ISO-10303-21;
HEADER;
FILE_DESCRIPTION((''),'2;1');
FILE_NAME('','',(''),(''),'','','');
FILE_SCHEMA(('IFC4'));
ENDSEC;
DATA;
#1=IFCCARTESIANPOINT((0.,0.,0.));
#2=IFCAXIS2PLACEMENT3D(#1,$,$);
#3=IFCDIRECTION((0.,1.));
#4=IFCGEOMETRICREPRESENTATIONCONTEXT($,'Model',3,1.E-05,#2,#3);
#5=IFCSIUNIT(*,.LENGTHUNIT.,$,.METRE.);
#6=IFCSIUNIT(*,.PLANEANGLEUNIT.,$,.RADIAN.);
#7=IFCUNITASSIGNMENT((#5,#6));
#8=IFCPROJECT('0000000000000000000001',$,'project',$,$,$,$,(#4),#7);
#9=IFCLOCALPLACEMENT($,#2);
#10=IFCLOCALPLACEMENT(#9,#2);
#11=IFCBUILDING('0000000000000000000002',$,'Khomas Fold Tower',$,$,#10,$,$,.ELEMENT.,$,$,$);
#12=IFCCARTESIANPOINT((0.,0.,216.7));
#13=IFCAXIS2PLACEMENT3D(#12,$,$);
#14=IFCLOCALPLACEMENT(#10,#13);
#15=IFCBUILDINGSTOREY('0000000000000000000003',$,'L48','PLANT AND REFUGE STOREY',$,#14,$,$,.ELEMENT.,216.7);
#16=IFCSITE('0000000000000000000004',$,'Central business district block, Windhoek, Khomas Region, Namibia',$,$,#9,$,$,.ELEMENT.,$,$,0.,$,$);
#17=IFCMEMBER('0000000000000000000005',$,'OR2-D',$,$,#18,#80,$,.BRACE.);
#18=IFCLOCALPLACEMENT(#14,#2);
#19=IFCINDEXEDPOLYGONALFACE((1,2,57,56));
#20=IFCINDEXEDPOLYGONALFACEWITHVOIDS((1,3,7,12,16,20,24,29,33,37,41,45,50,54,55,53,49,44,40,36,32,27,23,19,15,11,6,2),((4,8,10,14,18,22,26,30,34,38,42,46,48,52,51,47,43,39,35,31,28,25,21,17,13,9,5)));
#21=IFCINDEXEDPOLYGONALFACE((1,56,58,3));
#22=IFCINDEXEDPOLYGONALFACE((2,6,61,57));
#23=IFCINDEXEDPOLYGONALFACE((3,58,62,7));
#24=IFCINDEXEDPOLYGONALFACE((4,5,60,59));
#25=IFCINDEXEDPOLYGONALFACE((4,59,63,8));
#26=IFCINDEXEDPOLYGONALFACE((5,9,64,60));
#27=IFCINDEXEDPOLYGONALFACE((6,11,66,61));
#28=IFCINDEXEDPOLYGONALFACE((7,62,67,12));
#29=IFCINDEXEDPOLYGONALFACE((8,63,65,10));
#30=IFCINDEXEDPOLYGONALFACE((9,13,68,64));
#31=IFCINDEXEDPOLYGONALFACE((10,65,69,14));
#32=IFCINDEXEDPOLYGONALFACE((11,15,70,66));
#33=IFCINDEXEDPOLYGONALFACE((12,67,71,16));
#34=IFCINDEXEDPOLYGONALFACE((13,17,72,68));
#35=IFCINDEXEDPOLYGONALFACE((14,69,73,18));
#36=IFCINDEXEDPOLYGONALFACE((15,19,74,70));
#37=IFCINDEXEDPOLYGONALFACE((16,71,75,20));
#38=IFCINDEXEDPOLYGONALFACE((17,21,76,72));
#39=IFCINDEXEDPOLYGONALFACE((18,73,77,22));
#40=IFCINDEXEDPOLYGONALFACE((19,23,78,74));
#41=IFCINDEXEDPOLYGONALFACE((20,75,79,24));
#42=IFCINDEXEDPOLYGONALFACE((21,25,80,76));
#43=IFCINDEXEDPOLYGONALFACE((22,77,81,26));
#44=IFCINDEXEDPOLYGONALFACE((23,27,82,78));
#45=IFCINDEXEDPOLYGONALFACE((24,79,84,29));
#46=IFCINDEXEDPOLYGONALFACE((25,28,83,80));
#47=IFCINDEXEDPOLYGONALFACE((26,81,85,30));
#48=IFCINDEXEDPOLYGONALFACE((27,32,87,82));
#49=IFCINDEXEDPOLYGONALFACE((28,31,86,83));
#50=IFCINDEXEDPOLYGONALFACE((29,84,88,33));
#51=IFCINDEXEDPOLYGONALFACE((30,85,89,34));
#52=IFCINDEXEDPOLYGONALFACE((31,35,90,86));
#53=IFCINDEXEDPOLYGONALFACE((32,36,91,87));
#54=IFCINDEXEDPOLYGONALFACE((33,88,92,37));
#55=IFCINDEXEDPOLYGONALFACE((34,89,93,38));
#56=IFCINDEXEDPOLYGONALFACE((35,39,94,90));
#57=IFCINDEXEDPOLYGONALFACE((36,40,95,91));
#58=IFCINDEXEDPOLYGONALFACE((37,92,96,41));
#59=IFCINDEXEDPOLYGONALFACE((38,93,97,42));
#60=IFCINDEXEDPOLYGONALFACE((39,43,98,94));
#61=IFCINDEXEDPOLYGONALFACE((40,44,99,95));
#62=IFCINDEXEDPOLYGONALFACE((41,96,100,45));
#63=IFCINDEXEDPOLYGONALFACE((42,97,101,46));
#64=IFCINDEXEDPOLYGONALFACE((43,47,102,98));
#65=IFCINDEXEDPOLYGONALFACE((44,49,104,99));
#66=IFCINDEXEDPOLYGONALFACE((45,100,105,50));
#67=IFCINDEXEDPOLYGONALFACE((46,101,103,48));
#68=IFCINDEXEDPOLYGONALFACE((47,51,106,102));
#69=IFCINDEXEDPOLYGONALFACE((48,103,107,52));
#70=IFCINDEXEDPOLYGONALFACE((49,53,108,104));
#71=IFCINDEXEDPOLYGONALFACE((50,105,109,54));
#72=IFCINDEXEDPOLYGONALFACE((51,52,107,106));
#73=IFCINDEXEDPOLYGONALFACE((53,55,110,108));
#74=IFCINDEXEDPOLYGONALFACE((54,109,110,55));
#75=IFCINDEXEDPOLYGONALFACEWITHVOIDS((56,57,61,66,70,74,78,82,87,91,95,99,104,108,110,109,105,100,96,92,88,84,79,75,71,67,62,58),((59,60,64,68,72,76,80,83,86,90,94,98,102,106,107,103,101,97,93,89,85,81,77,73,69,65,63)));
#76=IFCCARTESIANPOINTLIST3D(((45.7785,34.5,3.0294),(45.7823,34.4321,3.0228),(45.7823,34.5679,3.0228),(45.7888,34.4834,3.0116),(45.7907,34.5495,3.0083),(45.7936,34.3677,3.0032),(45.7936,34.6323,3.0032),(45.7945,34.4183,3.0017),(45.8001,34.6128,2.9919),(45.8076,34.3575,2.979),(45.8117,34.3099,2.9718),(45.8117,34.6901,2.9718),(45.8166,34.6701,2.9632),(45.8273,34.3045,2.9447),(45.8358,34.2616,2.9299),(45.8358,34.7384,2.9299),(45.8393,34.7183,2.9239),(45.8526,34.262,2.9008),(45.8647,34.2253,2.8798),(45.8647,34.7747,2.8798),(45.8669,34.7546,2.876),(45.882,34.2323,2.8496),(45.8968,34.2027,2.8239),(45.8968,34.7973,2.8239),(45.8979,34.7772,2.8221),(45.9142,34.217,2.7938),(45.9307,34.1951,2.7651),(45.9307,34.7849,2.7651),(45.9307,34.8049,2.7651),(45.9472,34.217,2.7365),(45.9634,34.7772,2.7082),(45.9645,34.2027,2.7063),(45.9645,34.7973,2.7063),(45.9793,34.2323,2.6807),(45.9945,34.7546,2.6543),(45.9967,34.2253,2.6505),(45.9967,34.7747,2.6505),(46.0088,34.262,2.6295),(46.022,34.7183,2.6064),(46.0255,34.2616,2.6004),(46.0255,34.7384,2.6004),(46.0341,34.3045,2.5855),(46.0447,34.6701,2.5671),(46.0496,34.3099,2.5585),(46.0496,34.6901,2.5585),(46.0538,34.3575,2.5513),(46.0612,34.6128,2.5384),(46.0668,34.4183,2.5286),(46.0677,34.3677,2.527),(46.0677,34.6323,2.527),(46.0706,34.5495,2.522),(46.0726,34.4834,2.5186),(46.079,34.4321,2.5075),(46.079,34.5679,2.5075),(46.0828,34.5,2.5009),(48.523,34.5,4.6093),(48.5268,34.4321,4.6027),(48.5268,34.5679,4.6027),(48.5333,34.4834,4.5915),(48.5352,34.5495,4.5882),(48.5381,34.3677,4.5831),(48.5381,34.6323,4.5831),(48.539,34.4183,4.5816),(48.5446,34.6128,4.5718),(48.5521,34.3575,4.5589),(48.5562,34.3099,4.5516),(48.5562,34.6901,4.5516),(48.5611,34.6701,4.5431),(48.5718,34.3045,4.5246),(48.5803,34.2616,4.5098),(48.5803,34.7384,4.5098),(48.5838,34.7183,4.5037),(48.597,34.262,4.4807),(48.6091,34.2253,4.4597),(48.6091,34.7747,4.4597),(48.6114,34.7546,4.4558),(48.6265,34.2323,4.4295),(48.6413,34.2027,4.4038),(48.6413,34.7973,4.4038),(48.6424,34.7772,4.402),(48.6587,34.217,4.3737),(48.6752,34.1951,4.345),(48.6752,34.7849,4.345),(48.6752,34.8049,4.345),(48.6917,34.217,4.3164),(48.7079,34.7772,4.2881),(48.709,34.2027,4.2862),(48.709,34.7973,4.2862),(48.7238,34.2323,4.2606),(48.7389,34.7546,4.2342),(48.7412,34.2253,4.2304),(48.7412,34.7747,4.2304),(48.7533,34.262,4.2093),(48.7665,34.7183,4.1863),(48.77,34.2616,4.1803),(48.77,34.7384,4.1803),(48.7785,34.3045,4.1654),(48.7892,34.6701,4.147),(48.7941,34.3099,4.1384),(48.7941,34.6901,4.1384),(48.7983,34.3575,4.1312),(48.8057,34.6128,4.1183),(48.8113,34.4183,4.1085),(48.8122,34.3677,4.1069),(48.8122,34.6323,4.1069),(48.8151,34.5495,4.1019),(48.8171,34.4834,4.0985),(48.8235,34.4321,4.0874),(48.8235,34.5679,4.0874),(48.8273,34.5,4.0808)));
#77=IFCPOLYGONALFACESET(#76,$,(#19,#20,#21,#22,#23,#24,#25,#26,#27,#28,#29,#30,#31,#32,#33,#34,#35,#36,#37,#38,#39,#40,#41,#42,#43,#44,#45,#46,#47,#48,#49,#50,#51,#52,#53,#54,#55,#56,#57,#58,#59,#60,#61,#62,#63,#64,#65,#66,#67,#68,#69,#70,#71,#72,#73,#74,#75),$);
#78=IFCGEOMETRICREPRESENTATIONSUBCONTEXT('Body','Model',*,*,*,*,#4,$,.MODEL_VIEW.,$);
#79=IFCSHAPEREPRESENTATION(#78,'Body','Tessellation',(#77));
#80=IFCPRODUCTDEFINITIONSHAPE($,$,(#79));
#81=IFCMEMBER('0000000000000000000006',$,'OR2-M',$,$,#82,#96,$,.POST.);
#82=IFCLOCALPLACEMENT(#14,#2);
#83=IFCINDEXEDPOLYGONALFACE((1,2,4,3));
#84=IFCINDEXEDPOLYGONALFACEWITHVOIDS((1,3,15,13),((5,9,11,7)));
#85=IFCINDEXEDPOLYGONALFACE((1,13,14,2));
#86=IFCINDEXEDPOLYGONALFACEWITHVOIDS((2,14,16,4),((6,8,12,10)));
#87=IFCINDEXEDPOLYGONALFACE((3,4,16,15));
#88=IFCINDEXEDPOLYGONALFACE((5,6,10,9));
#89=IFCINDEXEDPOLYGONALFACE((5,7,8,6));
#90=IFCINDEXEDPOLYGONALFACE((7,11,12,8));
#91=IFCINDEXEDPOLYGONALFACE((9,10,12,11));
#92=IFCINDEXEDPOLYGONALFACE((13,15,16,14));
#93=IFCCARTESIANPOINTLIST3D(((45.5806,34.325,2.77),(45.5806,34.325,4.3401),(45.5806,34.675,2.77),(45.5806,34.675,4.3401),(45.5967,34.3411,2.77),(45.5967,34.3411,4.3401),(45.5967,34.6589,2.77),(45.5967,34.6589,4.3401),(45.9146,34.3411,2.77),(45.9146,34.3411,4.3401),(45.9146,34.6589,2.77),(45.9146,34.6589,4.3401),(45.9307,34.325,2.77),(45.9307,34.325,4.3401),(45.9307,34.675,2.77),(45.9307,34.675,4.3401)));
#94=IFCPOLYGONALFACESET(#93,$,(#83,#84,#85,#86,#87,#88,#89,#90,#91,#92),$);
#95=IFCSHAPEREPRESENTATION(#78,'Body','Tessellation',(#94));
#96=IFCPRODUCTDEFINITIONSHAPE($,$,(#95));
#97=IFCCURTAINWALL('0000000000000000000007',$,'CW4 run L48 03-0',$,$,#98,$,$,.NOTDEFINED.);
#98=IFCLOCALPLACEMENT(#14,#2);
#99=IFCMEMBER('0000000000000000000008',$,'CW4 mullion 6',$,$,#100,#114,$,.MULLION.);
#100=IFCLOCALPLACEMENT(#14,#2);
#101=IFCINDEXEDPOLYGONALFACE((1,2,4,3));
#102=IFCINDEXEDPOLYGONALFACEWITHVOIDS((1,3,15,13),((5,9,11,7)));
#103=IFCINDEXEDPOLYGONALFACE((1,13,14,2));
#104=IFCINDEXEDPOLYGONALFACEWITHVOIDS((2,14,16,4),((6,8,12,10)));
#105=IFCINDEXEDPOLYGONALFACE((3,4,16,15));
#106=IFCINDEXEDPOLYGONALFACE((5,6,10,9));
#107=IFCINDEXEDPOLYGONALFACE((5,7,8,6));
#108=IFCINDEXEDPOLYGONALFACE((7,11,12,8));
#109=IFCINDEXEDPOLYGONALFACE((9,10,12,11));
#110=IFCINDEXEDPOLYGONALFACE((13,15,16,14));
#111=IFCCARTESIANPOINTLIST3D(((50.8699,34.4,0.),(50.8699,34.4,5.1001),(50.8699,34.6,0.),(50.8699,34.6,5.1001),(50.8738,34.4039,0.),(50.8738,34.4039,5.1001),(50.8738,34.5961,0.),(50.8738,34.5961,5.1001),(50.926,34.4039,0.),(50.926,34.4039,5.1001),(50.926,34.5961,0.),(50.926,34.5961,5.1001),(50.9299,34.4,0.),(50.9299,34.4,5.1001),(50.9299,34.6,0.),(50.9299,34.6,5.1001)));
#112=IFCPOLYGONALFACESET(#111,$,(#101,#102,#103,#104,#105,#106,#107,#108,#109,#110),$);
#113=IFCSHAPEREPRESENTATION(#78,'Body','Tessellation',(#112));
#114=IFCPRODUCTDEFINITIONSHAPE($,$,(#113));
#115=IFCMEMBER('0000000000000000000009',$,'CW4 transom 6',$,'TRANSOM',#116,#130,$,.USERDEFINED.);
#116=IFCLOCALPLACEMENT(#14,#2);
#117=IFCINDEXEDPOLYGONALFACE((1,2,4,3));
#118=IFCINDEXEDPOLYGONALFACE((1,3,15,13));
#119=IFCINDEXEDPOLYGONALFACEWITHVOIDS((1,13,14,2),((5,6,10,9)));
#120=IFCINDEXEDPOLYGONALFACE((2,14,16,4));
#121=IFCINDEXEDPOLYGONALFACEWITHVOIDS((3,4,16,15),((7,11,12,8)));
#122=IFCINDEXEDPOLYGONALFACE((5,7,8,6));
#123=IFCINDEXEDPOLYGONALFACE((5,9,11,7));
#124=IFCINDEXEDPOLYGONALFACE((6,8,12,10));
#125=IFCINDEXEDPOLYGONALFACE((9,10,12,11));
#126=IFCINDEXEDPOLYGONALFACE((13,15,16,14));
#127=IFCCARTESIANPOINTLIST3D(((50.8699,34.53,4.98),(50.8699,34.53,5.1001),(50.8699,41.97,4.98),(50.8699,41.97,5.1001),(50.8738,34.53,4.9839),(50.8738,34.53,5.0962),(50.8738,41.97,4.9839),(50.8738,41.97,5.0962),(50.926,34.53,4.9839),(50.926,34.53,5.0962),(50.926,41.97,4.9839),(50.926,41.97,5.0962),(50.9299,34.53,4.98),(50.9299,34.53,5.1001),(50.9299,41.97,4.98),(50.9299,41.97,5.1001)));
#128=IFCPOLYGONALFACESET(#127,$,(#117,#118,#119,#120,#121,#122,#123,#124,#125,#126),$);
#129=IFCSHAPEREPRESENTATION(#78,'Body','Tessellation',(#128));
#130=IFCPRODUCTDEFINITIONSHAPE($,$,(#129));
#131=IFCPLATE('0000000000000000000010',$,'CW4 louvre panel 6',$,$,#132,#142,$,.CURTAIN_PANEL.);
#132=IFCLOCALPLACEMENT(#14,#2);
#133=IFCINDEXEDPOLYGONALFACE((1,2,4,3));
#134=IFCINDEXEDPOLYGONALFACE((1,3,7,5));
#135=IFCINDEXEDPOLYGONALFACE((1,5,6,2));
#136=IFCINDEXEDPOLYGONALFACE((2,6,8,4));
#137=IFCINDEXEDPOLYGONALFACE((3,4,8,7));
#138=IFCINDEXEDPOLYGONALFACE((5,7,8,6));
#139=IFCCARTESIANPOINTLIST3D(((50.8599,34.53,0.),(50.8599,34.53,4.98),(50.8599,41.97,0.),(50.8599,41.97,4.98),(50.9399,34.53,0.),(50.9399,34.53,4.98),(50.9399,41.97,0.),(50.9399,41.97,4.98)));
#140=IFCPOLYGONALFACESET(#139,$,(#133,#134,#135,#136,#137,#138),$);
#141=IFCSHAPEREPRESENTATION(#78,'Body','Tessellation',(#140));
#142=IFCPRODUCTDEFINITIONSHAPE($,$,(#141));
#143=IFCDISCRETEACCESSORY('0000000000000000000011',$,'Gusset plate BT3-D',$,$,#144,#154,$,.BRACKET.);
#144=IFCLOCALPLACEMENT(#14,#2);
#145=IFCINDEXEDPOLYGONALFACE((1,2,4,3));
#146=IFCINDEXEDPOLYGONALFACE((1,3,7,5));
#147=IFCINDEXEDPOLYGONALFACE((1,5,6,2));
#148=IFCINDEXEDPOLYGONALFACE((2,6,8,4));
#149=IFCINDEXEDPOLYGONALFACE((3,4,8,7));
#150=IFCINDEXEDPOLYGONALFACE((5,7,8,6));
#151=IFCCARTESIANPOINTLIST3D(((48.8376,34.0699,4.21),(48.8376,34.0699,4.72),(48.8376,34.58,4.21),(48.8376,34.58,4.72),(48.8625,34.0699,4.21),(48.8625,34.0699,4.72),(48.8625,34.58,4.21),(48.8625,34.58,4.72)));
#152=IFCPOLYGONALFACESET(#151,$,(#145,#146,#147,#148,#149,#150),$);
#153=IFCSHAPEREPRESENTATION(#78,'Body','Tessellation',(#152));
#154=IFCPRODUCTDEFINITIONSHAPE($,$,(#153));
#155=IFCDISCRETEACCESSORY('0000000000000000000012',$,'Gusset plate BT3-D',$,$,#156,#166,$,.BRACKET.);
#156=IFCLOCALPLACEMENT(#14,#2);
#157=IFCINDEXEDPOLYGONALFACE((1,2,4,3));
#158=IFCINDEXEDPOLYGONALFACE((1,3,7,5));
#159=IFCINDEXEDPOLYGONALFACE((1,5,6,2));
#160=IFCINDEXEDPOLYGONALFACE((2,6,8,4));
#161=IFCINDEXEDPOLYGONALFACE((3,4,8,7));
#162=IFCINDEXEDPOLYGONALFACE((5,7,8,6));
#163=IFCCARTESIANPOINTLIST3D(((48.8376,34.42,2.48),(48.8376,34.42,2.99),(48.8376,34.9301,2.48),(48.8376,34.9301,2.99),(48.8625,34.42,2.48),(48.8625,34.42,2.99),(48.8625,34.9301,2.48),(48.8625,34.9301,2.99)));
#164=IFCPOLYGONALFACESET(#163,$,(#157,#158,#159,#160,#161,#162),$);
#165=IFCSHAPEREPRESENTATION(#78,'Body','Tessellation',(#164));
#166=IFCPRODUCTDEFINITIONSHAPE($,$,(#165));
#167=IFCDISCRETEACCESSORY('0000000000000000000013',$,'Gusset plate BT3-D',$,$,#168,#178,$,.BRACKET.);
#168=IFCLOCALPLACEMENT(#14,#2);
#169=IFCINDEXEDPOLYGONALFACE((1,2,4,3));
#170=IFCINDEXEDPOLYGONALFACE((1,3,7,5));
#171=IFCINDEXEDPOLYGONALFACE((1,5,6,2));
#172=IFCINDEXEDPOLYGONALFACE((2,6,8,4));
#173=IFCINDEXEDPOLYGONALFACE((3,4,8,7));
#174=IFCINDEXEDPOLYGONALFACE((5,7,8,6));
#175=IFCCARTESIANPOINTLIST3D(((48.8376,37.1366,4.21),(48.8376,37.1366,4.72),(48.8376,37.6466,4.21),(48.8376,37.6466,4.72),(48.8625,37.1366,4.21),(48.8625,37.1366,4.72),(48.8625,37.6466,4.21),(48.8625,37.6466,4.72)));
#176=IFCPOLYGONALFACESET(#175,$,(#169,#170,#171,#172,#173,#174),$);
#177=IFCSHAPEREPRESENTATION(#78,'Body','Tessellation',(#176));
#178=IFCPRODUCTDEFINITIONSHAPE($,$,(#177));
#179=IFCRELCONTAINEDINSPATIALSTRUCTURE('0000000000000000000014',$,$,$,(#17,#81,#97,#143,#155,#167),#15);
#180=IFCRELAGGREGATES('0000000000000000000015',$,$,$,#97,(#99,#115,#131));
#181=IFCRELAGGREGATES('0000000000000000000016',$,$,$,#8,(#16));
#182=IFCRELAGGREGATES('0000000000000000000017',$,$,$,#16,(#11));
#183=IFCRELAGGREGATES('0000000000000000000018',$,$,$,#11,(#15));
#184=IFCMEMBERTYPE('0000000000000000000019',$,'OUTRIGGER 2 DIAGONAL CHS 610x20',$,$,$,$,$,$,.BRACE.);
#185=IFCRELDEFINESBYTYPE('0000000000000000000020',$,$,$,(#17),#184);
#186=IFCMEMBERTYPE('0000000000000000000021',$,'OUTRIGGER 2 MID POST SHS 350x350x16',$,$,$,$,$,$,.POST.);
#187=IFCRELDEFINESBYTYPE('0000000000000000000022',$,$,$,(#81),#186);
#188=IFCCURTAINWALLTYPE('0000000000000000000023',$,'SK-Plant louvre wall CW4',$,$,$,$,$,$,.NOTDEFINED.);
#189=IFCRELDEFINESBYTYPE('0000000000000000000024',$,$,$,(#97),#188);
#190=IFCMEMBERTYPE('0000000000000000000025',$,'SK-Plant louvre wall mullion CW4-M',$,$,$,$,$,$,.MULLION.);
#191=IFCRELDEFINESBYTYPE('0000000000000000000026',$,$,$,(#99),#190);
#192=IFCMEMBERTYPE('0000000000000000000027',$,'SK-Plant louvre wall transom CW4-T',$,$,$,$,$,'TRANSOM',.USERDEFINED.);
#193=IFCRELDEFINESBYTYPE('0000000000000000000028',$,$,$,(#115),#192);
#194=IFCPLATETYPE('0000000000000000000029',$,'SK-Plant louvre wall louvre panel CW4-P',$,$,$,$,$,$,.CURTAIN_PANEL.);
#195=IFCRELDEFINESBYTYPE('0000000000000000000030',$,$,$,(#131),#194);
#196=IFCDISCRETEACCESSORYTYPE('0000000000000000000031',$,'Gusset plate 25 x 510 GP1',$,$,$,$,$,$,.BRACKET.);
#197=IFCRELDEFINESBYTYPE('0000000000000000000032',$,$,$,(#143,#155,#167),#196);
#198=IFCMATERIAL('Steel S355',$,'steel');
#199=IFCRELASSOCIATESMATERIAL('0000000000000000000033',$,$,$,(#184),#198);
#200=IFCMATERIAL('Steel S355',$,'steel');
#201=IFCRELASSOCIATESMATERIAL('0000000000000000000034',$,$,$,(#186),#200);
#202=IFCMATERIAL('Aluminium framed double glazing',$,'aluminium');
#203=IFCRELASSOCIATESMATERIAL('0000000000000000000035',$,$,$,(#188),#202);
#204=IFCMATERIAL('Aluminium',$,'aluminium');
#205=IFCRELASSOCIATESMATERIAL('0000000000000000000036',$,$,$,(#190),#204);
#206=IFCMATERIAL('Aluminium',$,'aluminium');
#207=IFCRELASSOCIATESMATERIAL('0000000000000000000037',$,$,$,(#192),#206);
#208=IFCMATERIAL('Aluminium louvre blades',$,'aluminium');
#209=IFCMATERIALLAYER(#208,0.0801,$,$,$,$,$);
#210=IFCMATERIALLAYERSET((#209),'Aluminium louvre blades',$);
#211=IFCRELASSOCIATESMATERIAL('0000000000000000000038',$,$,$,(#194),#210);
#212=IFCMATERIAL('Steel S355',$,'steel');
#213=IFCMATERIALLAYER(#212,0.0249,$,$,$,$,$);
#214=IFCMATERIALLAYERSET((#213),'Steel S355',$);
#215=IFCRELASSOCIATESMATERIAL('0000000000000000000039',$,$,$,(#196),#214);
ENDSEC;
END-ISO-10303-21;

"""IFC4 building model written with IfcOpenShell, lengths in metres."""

from ifc_helpers import new_model, si_unit, direction, frame, origin, origin_2d, place, context, subcontext, project, spatial, rectangle, hollow_rectangle, hollow_circle, extrude, source, transform, mapped, material, layer, layer_set, material_profile, profile_set, type_object, element, aggregate, save


model = new_model("IFC4")

# Units and contexts
model_context = context("Model", 3, precision=1e-05, world=origin(), true_north=direction((0.0, 1.0)))
body_context = subcontext(model_context, "Body", "Model", "MODEL_VIEW")
ifc_project = project(units=[si_unit("LENGTHUNIT", "METRE"), si_unit("PLANEANGLEUNIT", "RADIAN")], contexts=[model_context])

# Site, building, storey
site_placement = place(None, origin())
site = spatial("IfcSite", under=ifc_project, at=site_placement, Name="Central business district block, Windhoek, Khomas Region, Namibia", CompositionType="ELEMENT", RefElevation=0.0)
building_placement = place(site_placement, origin())
building = spatial("IfcBuilding", under=site, at=building_placement, Name="Khomas Fold Tower", CompositionType="ELEMENT")
storey_placement = place(building_placement, frame((0.0, 0.0, 216.7)))
storey = spatial("IfcBuildingStorey", under=building, at=storey_placement, Name="L48", Description="PLANT AND REFUGE STOREY", CompositionType="ELEMENT", Elevation=216.7)

# Members
ifc_material_1 = material(Name="Steel S355", Category="steel")
ifc_material_profile_1 = material_profile(ifc_material_1, hollow_circle(Radius=0.3049, WallThickness=0.02, at=origin_2d()), Name="CHS 610x20")
ifc_profile_set_1 = profile_set([ifc_material_profile_1], Name="Steel S355")
member_type_1 = type_object("IfcMemberType", Name="OUTRIGGER 2 DIAGONAL CHS 610x20", PredefinedType="BRACE", material=ifc_profile_set_1)
shared_shape_1 = source(origin(), body_context, "Body", "SweptSolid", [
    extrude(hollow_circle(Radius=0.3049, WallThickness=0.02, at=origin_2d()), origin(), (0.0, 0.0, 1.0), 3.1667),
])
member_1_placement = place(storey_placement, frame((45.9307, 34.5, 2.7651), z_axis=(0.866659, 0.0, 0.498901), x_axis=(0.0, 1.0, 0.0)))
element("IfcMember", 1, at=member_1_placement, inside=storey, type_object=member_type_1, Name="OR2-D", PredefinedType="BRACE", context=body_context, shape_type="MappedRepresentation", body=[
    mapped(shared_shape_1, transform((0.0, 0.0, 0.0))),
])
ifc_material_2 = material(Name="Steel S355", Category="steel")
ifc_material_profile_2 = material_profile(ifc_material_2, hollow_rectangle(XDim=0.3501, YDim=0.3501, WallThickness=0.0161, at=origin_2d()), Name="SHS 350x350x16")
ifc_profile_set_2 = profile_set([ifc_material_profile_2], Name="Steel S355")
member_type_2 = type_object("IfcMemberType", Name="OUTRIGGER 2 MID POST SHS 350x350x16", PredefinedType="POST", material=ifc_profile_set_2)
shared_shape_2 = source(origin(), body_context, "Body", "SweptSolid", [
    extrude(hollow_rectangle(XDim=0.3501, YDim=0.3501, WallThickness=0.0161, at=origin_2d()), origin(), (0.0, 0.0, 1.0), 1.5701),
])
member_2_placement = place(storey_placement, frame((45.7556, 34.5, 2.77), z_axis=(0.0, 0.0, 1.0), x_axis=(1.0, 0.0, 0.0)))
element("IfcMember", 2, at=member_2_placement, inside=storey, type_object=member_type_2, Name="OR2-M", PredefinedType="POST", context=body_context, shape_type="MappedRepresentation", body=[
    mapped(shared_shape_2, transform((0.0, 0.0, 0.0))),
])

# Curtain wall, members, plate
ifc_material_3 = material(Name="Aluminium framed double glazing", Category="aluminium")
curtain_wall_type = type_object("IfcCurtainWallType", Name="SK-Plant louvre wall CW4", PredefinedType="NOTDEFINED", material=ifc_material_3)
curtain_wall_placement = place(storey_placement, origin())
curtain_wall = element("IfcCurtainWall", 3, at=curtain_wall_placement, inside=storey, type_object=curtain_wall_type, Name="CW4 run L48 03-0", PredefinedType="NOTDEFINED")
ifc_material_4 = material(Name="Aluminium", Category="aluminium")
ifc_material_profile_3 = material_profile(ifc_material_4, hollow_rectangle(XDim=0.0601, YDim=0.2, WallThickness=0.0039, at=origin_2d()), Name="SK-Plant louvre wall mullion CW4-M")
ifc_profile_set_3 = profile_set([ifc_material_profile_3], Name="Aluminium")
member_type_3 = type_object("IfcMemberType", Name="SK-Plant louvre wall mullion CW4-M", PredefinedType="MULLION", material=ifc_profile_set_3)
shared_shape_3 = source(origin(), body_context, "Body", "SweptSolid", [
    extrude(hollow_rectangle(XDim=0.0601, YDim=0.2, WallThickness=0.0039, at=origin_2d()), origin(), (0.0, 0.0, 1.0), 5.1001),
])
member_3_placement = place(storey_placement, frame((50.8999, 34.5, 0.0), z_axis=(0.0, 0.0, 1.0), x_axis=(-1.0, 0.0, 0.0)))
member_3 = element("IfcMember", 4, at=member_3_placement, type_object=member_type_3, Name="CW4 mullion 6", PredefinedType="MULLION", context=body_context, shape_type="MappedRepresentation", body=[
    mapped(shared_shape_3, transform((0.0, 0.0, 0.0))),
])
ifc_material_5 = material(Name="Aluminium", Category="aluminium")
ifc_material_profile_4 = material_profile(ifc_material_5, hollow_rectangle(XDim=0.0601, YDim=0.1201, WallThickness=0.0039, at=origin_2d()), Name="SK-Plant louvre wall transom CW4-T")
ifc_profile_set_4 = profile_set([ifc_material_profile_4], Name="Aluminium")
member_type_4 = type_object("IfcMemberType", Name="SK-Plant louvre wall transom CW4-T", ElementType="TRANSOM", PredefinedType="USERDEFINED", material=ifc_profile_set_4)
shared_shape_4 = source(origin(), body_context, "Body", "SweptSolid", [
    extrude(hollow_rectangle(XDim=0.0601, YDim=0.1201, WallThickness=0.0039, at=origin_2d()), origin(), (0.0, 0.0, 1.0), 7.4399),
])
member_4_placement = place(storey_placement, frame((50.8999, 34.53, 5.04), z_axis=(0.0, 1.0, 0.0), x_axis=(-1.0, 0.0, 0.0)))
member_4 = element("IfcMember", 5, at=member_4_placement, type_object=member_type_4, Name="CW4 transom 6", ObjectType="TRANSOM", PredefinedType="USERDEFINED", context=body_context, shape_type="MappedRepresentation", body=[
    mapped(shared_shape_4, transform((0.0, 0.0, 0.0))),
])
ifc_material_6 = material(Name="Aluminium louvre blades", Category="aluminium")
ifc_layer_1 = layer(ifc_material_6, 0.0801)
ifc_layer_set_1 = layer_set([ifc_layer_1], Name="Aluminium louvre blades")
plate_type = type_object("IfcPlateType", Name="SK-Plant louvre wall louvre panel CW4-P", PredefinedType="CURTAIN_PANEL", material=ifc_layer_set_1)
shared_shape_5 = source(origin(), body_context, "Body", "SweptSolid", [
    extrude(rectangle(XDim=7.4399, YDim=0.0801, at=origin_2d()), origin(), (0.0, 0.0, 1.0), 4.98),
])
plate_placement = place(storey_placement, frame((50.8999, 38.25, 0.0), z_axis=(0.0, 0.0, 1.0), x_axis=(0.0, 1.0, 0.0)))
plate = element("IfcPlate", 6, at=plate_placement, type_object=plate_type, Name="CW4 louvre panel 6", PredefinedType="CURTAIN_PANEL", context=body_context, shape_type="MappedRepresentation", body=[
    mapped(shared_shape_5, transform((0.0, 0.0, 0.0))),
])
aggregate(curtain_wall, [member_3, member_4, plate])

# Discrete accessories
ifc_material_7 = material(Name="Steel S355", Category="steel")
ifc_layer_2 = layer(ifc_material_7, 0.0249)
ifc_layer_set_2 = layer_set([ifc_layer_2], Name="Steel S355")
discrete_accessory_type_1 = type_object("IfcDiscreteAccessoryType", Name="Gusset plate 25 x 510 GP1", PredefinedType="BRACKET", material=ifc_layer_set_2)
shared_shape_6 = source(origin(), body_context, "Body", "SweptSolid", [
    extrude(rectangle(XDim=0.51, YDim=0.0249, at=origin_2d()), origin(), (0.0, 0.0, 1.0), 0.51),
])
for number, where, z_axis, x_axis, name in (
    (7, (48.8501, 34.325, 4.21), (0.0, 0.0, 1.0), (0.0, 1.0, 0.0), "Gusset plate BT3-D"),
    (8, (48.8501, 34.675, 2.48), (0.0, 0.0, 1.0), (0.0, 1.0, 0.0), "Gusset plate BT3-D"),
    (9, (48.8501, 37.3916, 4.21), (0.0, 0.0, 1.0), (0.0, 1.0, 0.0), "Gusset plate BT3-D"),
):
    element("IfcDiscreteAccessory", number, at=place(storey_placement, frame(where, z_axis=z_axis, x_axis=x_axis)), inside=storey, type_object=discrete_accessory_type_1, Name=name, PredefinedType="BRACKET", context=body_context, shape_type="MappedRepresentation", body=[
        mapped(shared_shape_6, transform((0.0, 0.0, 0.0))),
    ])

save(model, "model.ifc")
